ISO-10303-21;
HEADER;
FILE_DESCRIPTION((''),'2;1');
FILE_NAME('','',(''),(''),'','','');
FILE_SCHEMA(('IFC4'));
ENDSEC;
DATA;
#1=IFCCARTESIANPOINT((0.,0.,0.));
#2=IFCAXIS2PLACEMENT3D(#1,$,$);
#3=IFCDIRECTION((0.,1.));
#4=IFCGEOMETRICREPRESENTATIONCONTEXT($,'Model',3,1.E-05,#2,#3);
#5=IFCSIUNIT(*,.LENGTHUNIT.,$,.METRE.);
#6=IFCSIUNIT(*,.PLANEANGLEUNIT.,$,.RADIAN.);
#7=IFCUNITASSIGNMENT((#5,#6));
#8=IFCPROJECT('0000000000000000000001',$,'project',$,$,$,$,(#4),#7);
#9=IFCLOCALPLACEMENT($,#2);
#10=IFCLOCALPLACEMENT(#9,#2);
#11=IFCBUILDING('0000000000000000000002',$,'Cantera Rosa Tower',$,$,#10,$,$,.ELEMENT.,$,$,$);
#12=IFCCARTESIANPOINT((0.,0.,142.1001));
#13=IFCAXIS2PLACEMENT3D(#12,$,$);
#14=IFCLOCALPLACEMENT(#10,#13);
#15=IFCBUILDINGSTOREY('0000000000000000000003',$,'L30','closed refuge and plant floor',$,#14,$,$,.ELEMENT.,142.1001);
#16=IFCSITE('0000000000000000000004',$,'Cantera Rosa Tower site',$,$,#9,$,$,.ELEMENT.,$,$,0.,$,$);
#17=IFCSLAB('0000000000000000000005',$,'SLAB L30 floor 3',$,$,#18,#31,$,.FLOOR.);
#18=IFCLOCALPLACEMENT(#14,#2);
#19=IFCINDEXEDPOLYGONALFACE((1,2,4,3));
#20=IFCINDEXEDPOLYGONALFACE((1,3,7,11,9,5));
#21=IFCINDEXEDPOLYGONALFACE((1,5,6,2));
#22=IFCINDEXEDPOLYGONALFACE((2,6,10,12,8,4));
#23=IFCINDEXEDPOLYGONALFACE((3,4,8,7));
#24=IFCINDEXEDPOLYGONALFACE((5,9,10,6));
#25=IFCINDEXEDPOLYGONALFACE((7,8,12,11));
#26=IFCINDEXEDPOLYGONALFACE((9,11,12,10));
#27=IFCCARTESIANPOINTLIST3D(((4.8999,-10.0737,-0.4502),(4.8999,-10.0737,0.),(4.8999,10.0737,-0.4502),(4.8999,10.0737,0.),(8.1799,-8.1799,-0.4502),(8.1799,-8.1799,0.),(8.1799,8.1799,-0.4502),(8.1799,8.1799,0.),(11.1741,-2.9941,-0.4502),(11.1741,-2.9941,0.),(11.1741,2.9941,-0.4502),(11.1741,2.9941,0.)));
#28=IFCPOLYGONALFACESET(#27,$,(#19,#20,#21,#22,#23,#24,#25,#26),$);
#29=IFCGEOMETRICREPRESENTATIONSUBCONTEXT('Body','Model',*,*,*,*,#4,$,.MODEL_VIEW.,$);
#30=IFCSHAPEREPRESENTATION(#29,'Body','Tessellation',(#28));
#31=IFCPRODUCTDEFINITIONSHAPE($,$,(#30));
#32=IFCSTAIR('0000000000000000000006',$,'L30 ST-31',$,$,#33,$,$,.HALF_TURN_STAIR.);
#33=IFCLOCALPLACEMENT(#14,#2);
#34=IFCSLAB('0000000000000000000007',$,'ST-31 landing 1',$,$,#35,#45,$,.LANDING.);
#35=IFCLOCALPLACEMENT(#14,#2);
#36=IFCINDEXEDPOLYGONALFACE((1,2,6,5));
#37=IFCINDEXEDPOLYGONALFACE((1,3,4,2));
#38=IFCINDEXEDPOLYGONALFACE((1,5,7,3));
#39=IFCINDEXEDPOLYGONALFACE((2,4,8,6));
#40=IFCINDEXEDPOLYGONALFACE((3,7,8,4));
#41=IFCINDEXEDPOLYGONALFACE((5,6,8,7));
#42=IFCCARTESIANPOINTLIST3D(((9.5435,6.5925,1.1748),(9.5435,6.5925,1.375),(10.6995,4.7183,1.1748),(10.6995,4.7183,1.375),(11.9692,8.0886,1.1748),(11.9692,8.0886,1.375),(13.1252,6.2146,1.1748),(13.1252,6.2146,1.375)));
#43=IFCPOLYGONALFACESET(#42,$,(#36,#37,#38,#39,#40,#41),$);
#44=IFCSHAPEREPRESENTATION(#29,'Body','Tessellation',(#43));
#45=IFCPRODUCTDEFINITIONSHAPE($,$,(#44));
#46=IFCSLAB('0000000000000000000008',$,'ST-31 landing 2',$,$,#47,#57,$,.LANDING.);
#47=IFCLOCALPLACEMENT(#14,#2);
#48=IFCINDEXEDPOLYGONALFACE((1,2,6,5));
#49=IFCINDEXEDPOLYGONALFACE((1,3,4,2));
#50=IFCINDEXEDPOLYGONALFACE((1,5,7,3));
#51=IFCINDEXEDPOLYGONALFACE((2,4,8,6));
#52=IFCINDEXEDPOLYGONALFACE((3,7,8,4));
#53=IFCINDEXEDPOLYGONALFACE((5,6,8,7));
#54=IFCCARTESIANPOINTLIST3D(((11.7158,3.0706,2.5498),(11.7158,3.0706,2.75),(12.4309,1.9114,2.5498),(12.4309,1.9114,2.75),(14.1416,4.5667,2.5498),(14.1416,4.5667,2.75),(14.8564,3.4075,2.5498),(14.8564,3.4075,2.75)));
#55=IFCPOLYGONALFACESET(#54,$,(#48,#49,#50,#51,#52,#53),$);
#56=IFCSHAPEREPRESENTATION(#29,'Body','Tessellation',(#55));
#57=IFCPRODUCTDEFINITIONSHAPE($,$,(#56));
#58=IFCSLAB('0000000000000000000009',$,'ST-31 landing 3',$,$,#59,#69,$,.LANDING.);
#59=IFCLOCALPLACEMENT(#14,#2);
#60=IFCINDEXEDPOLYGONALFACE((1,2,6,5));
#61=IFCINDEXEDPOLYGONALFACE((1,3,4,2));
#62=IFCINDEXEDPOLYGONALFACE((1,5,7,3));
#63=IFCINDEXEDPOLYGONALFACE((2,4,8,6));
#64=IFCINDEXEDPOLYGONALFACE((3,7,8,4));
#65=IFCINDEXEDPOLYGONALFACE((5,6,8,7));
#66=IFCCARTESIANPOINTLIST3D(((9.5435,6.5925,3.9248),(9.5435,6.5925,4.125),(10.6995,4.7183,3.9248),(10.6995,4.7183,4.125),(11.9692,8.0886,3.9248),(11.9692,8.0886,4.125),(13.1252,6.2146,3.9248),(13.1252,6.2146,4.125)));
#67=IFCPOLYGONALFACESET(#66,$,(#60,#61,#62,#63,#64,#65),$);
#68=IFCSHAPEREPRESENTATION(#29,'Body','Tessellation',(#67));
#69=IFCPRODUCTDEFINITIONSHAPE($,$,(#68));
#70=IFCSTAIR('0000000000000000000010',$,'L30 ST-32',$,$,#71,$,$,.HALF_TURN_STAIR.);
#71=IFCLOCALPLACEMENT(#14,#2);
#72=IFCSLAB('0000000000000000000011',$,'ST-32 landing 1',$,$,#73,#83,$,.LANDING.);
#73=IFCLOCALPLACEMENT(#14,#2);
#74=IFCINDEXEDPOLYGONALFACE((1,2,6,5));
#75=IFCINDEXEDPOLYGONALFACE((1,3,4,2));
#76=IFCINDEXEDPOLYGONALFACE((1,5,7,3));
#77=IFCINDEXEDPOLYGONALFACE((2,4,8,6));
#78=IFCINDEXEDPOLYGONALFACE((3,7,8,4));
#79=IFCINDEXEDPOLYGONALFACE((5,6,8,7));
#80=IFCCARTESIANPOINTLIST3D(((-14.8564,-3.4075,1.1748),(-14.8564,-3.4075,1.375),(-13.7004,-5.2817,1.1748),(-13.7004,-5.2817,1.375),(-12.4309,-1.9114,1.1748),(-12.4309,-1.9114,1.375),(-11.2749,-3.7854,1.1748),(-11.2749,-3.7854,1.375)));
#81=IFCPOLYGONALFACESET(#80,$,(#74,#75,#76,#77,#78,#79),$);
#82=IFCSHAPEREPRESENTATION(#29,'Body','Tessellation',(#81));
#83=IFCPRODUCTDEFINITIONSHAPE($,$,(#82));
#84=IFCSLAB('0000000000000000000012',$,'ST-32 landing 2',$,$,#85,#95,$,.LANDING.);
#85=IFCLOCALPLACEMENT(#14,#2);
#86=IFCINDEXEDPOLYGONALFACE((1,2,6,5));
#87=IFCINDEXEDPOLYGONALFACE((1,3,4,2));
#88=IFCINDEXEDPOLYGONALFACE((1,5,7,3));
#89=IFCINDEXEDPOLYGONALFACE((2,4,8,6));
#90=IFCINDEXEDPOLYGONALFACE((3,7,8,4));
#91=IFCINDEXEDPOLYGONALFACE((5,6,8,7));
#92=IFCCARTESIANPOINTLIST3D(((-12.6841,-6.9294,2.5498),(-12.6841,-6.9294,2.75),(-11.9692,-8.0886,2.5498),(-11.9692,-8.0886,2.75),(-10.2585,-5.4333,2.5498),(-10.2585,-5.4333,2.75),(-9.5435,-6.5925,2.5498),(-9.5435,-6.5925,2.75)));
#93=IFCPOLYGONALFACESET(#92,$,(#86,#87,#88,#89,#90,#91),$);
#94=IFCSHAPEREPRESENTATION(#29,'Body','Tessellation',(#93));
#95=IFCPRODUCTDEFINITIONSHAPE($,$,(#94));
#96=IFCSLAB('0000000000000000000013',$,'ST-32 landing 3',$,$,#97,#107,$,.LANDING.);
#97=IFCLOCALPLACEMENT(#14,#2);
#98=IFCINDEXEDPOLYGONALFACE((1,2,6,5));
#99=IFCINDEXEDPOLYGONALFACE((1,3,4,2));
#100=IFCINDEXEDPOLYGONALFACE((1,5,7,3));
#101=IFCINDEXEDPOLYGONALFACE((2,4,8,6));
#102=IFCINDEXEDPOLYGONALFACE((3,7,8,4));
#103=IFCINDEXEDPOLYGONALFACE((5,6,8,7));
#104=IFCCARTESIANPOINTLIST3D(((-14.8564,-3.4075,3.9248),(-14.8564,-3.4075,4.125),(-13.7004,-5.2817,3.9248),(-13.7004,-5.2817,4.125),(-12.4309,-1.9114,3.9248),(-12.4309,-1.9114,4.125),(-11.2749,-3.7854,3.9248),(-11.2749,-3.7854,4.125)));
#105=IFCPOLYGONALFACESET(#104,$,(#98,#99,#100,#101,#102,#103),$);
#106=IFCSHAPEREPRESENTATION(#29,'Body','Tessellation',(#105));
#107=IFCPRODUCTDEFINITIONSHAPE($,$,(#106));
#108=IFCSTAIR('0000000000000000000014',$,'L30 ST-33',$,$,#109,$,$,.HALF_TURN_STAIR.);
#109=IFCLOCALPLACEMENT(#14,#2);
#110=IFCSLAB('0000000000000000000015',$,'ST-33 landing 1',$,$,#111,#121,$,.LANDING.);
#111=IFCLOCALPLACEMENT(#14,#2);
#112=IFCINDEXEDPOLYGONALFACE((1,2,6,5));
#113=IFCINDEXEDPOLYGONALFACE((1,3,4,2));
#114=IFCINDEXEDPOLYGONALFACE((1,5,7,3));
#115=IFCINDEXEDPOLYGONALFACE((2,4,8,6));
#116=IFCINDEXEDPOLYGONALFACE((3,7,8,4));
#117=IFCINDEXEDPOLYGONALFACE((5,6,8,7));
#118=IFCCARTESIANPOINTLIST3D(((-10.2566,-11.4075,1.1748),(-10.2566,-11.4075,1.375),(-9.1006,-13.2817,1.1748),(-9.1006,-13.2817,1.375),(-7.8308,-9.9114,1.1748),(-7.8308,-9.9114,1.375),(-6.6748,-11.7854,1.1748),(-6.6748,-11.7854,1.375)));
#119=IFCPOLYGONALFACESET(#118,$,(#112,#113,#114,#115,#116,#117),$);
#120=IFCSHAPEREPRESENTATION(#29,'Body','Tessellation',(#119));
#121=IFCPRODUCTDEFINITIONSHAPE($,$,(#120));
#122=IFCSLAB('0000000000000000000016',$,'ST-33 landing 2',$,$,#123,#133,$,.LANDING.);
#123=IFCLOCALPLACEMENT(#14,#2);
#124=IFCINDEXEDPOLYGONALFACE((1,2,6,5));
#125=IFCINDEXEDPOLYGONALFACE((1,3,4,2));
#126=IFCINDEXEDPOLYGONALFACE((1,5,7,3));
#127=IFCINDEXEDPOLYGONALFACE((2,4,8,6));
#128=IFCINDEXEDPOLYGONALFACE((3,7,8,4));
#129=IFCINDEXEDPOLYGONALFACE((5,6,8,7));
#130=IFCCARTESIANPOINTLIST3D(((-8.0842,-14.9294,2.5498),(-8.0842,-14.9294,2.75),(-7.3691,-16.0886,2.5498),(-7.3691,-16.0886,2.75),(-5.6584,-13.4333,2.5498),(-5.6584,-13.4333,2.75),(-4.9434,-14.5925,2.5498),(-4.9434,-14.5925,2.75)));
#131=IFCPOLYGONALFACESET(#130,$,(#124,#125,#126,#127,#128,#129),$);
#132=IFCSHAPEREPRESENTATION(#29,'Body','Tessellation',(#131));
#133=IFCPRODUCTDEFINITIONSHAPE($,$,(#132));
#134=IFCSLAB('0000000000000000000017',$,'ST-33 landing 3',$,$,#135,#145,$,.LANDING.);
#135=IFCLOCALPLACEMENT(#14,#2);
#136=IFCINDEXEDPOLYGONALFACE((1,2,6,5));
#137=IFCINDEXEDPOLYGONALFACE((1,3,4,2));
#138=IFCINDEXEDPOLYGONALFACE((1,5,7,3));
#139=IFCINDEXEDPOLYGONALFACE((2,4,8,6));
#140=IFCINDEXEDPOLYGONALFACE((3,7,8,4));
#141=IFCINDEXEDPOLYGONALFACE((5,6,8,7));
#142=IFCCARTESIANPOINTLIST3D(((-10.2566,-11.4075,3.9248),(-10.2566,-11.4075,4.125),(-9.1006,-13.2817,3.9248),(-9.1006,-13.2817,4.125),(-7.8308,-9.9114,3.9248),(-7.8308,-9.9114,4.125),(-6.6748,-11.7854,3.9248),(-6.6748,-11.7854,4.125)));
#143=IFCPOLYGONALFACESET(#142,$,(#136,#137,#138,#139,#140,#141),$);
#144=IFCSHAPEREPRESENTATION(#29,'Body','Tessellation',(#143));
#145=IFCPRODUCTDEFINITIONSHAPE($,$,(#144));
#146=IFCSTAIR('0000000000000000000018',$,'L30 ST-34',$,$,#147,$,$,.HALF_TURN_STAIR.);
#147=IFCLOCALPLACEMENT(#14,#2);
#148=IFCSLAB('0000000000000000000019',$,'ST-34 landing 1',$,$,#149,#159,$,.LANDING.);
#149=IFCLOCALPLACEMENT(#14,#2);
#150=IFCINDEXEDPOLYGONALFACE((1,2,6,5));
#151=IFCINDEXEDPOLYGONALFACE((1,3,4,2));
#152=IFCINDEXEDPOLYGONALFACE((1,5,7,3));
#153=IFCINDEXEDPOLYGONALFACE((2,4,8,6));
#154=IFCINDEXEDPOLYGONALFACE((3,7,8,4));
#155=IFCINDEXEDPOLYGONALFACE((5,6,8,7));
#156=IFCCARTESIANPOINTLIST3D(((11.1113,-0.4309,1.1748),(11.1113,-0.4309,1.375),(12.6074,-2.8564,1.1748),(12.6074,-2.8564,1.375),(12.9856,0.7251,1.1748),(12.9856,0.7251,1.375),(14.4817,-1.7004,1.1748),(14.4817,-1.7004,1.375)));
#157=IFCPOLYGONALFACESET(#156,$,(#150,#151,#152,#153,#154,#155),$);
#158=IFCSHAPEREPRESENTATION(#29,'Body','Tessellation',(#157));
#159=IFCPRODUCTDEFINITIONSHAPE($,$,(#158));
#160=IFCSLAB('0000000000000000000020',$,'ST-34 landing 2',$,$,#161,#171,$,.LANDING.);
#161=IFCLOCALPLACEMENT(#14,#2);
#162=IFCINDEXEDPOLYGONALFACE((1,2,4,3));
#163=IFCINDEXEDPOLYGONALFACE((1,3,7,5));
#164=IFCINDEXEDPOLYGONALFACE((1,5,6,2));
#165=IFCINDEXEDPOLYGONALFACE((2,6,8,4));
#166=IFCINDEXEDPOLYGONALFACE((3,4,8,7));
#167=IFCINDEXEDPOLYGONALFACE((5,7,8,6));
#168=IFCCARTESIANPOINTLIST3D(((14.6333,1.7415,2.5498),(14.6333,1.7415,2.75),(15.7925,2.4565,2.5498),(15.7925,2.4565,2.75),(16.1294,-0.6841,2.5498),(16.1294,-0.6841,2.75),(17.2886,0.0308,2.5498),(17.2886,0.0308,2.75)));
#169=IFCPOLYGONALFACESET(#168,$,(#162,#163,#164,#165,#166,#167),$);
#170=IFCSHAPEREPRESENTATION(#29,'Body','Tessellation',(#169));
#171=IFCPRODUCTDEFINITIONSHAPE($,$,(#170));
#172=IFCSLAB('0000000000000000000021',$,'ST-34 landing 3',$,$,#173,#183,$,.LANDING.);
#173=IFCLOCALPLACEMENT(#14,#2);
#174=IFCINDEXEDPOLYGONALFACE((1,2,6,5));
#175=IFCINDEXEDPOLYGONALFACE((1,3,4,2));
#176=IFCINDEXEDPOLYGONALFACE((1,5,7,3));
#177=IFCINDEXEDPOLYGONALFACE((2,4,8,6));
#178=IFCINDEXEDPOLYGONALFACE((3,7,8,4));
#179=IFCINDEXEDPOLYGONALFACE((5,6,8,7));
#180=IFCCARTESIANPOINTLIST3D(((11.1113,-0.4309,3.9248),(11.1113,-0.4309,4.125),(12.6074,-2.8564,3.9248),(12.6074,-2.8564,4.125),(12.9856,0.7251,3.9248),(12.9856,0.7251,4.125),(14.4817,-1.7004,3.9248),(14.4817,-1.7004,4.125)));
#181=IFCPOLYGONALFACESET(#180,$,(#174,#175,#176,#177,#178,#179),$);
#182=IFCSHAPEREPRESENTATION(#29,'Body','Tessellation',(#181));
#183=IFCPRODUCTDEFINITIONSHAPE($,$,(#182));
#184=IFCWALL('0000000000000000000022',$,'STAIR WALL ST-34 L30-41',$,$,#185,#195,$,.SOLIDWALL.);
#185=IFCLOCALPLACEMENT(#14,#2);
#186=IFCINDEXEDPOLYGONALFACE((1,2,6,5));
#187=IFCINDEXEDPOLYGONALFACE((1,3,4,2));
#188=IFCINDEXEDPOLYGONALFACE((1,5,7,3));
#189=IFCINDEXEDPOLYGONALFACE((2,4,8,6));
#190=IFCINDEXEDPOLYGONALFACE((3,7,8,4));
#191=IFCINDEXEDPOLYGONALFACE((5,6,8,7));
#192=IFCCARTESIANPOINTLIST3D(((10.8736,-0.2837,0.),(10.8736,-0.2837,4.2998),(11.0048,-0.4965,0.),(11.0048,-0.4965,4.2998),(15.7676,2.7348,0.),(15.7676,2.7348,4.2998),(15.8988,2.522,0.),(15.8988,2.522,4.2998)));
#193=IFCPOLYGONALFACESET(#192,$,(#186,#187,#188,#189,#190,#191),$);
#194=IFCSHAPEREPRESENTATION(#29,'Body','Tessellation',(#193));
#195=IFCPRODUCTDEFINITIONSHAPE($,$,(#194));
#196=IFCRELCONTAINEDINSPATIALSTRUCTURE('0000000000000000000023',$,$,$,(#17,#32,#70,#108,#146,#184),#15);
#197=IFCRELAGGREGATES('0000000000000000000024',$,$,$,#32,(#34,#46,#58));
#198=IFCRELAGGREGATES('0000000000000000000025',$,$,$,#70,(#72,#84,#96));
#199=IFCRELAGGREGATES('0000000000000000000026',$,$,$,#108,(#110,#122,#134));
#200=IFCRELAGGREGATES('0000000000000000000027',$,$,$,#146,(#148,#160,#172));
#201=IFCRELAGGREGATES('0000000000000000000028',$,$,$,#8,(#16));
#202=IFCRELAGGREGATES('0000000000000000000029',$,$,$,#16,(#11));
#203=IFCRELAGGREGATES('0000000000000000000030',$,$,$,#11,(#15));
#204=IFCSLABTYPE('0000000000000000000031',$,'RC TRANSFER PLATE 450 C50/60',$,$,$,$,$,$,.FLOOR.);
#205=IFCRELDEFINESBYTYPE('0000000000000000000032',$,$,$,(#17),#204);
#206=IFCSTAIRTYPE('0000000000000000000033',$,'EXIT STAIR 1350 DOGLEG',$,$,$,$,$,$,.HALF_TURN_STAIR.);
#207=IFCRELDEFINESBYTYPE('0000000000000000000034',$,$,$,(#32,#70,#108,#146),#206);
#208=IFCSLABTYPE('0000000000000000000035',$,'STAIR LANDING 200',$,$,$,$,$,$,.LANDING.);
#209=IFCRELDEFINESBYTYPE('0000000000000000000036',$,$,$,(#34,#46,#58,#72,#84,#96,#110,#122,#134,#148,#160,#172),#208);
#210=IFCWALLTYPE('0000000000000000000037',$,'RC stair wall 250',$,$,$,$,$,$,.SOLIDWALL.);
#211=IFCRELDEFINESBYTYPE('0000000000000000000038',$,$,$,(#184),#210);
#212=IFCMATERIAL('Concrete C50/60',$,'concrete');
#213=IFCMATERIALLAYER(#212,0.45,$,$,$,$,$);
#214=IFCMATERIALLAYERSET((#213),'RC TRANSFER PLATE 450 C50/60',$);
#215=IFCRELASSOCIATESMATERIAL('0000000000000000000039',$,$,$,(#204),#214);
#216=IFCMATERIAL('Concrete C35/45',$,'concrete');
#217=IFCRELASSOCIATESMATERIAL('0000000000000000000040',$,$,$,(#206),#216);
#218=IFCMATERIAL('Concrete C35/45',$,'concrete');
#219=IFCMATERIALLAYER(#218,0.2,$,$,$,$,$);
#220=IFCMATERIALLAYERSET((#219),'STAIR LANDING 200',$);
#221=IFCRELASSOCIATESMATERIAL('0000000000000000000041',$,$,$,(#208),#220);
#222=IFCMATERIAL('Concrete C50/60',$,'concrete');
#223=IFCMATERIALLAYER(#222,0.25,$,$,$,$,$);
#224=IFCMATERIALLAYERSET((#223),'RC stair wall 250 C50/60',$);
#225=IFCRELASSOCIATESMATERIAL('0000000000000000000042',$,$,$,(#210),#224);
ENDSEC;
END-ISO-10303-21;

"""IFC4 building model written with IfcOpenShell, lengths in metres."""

from ifc_helpers import new_model, si_unit, direction, frame, frame_2d, origin, place, context, subcontext, project, spatial, polyline, rectangle, outline, extrude, material, layer, layer_set, type_object, element, aggregate, save


model = new_model("IFC4")

# Units and contexts
model_context = context("Model", 3, precision=1e-05, world=origin(), true_north=direction((0.0, 1.0)))
body_context = subcontext(model_context, "Body", "Model", "MODEL_VIEW")
ifc_project = project(units=[si_unit("LENGTHUNIT", "METRE"), si_unit("PLANEANGLEUNIT", "RADIAN")], contexts=[model_context])

# Site, building, storey
site_placement = place(None, origin())
site = spatial("IfcSite", under=ifc_project, at=site_placement, Name="Cantera Rosa Tower site", CompositionType="ELEMENT", RefElevation=0.0)
building_placement = place(site_placement, origin())
building = spatial("IfcBuilding", under=site, at=building_placement, Name="Cantera Rosa Tower", CompositionType="ELEMENT")
storey_placement = place(building_placement, frame((0.0, 0.0, 142.1001)))
storey = spatial("IfcBuildingStorey", under=building, at=storey_placement, Name="L30", Description="closed refuge and plant floor", CompositionType="ELEMENT", Elevation=142.1001)

# Slab
ifc_material_1 = material(Name="Concrete C50/60", Category="concrete")
ifc_layer_1 = layer(ifc_material_1, 0.45)
ifc_layer_set_1 = layer_set([ifc_layer_1], Name="RC TRANSFER PLATE 450 C50/60")
slab_type_1 = type_object("IfcSlabType", Name="RC TRANSFER PLATE 450 C50/60", PredefinedType="FLOOR", material=ifc_layer_set_1)
slab_1_placement = place(storey_placement, frame((0.0, 0.0, -0.4502)))
element("IfcSlab", 1, at=slab_1_placement, inside=storey, type_object=slab_type_1, Name="SLAB L30 floor 3", PredefinedType="FLOOR", context=body_context, shape_type="SweptSolid", body=[
    extrude(outline(polyline([(4.8999, 10.0737), (8.1799, 8.1799), (11.1741, 2.9941), (11.1741, -2.9941), (8.1799, -8.1799), (4.8999, -10.0737), (4.8999, 10.0737)])), origin(), (0.0, 0.0, 1.0), 0.4502),
])

# Stairs, slabs
ifc_material_2 = material(Name="Concrete C35/45", Category="concrete")
stair_type = type_object("IfcStairType", Name="EXIT STAIR 1350 DOGLEG", PredefinedType="HALF_TURN_STAIR", material=ifc_material_2)
stair_1_placement = place(storey_placement, origin())
stair_1 = element("IfcStair", 2, at=stair_1_placement, inside=storey, type_object=stair_type, Name="L30 ST-31", PredefinedType="HALF_TURN_STAIR")
ifc_material_3 = material(Name="Concrete C35/45", Category="concrete")
ifc_layer_2 = layer(ifc_material_3, 0.2)
ifc_layer_set_2 = layer_set([ifc_layer_2], Name="STAIR LANDING 200")
slab_type_2 = type_object("IfcSlabType", Name="STAIR LANDING 200", PredefinedType="LANDING", material=ifc_layer_set_2)
slab_2_placement = place(storey_placement, frame((0.0, 0.0, 1.1748)))
slab_2 = element("IfcSlab", 3, at=slab_2_placement, type_object=slab_type_2, Name="ST-31 landing 1", PredefinedType="LANDING", context=body_context, shape_type="SweptSolid", body=[
    extrude(outline(polyline([(13.1252, 6.2146), (11.9692, 8.0886), (9.5435, 6.5925), (10.6995, 4.7183), (13.1252, 6.2146)])), origin(), (0.0, 0.0, 1.0), 0.2002),
])
slab_3_placement = place(storey_placement, frame((0.0, 0.0, 2.5498)))
slab_3 = element("IfcSlab", 4, at=slab_3_placement, type_object=slab_type_2, Name="ST-31 landing 2", PredefinedType="LANDING", context=body_context, shape_type="SweptSolid", body=[
    extrude(outline(polyline([(14.8564, 3.4075), (14.1416, 4.5667), (11.7158, 3.0706), (12.4309, 1.9114), (14.8564, 3.4075)])), origin(), (0.0, 0.0, 1.0), 0.2002),
])
slab_4_placement = place(storey_placement, frame((0.0, 0.0, 3.9248)))
slab_4 = element("IfcSlab", 5, at=slab_4_placement, type_object=slab_type_2, Name="ST-31 landing 3", PredefinedType="LANDING", context=body_context, shape_type="SweptSolid", body=[
    extrude(outline(polyline([(13.1252, 6.2146), (11.9692, 8.0886), (9.5435, 6.5925), (10.6995, 4.7183), (13.1252, 6.2146)])), origin(), (0.0, 0.0, 1.0), 0.2002),
])
aggregate(stair_1, [slab_2, slab_3, slab_4])
stair_2_placement = place(storey_placement, origin())
stair_2 = element("IfcStair", 6, at=stair_2_placement, inside=storey, type_object=stair_type, Name="L30 ST-32", PredefinedType="HALF_TURN_STAIR")
slab_5_placement = place(storey_placement, frame((0.0, 0.0, 1.1748)))
slab_5 = element("IfcSlab", 7, at=slab_5_placement, type_object=slab_type_2, Name="ST-32 landing 1", PredefinedType="LANDING", context=body_context, shape_type="SweptSolid", body=[
    extrude(outline(polyline([(-11.2749, -3.7854), (-12.4309, -1.9114), (-14.8564, -3.4075), (-13.7004, -5.2817), (-11.2749, -3.7854)])), origin(), (0.0, 0.0, 1.0), 0.2002),
])
slab_6_placement = place(storey_placement, frame((0.0, 0.0, 2.5498)))
slab_6 = element("IfcSlab", 8, at=slab_6_placement, type_object=slab_type_2, Name="ST-32 landing 2", PredefinedType="LANDING", context=body_context, shape_type="SweptSolid", body=[
    extrude(outline(polyline([(-9.5435, -6.5925), (-10.2585, -5.4333), (-12.6841, -6.9294), (-11.9692, -8.0886), (-9.5435, -6.5925)])), origin(), (0.0, 0.0, 1.0), 0.2002),
])
slab_7_placement = place(storey_placement, frame((0.0, 0.0, 3.9248)))
slab_7 = element("IfcSlab", 9, at=slab_7_placement, type_object=slab_type_2, Name="ST-32 landing 3", PredefinedType="LANDING", context=body_context, shape_type="SweptSolid", body=[
    extrude(outline(polyline([(-11.2749, -3.7854), (-12.4309, -1.9114), (-14.8564, -3.4075), (-13.7004, -5.2817), (-11.2749, -3.7854)])), origin(), (0.0, 0.0, 1.0), 0.2002),
])
aggregate(stair_2, [slab_5, slab_6, slab_7])
stair_3_placement = place(storey_placement, origin())
stair_3 = element("IfcStair", 10, at=stair_3_placement, inside=storey, type_object=stair_type, Name="L30 ST-33", PredefinedType="HALF_TURN_STAIR")
slab_8_placement = place(storey_placement, frame((0.0, 0.0, 1.1748)))
slab_8 = element("IfcSlab", 11, at=slab_8_placement, type_object=slab_type_2, Name="ST-33 landing 1", PredefinedType="LANDING", context=body_context, shape_type="SweptSolid", body=[
    extrude(outline(polyline([(-6.6748, -11.7854), (-7.8308, -9.9114), (-10.2566, -11.4075), (-9.1006, -13.2817), (-6.6748, -11.7854)])), origin(), (0.0, 0.0, 1.0), 0.2002),
])
slab_9_placement = place(storey_placement, frame((0.0, 0.0, 2.5498)))
slab_9 = element("IfcSlab", 12, at=slab_9_placement, type_object=slab_type_2, Name="ST-33 landing 2", PredefinedType="LANDING", context=body_context, shape_type="SweptSolid", body=[
    extrude(outline(polyline([(-4.9434, -14.5925), (-5.6584, -13.4333), (-8.0842, -14.9294), (-7.3691, -16.0886), (-4.9434, -14.5925)])), origin(), (0.0, 0.0, 1.0), 0.2002),
])
slab_10_placement = place(storey_placement, frame((0.0, 0.0, 3.9248)))
slab_10 = element("IfcSlab", 13, at=slab_10_placement, type_object=slab_type_2, Name="ST-33 landing 3", PredefinedType="LANDING", context=body_context, shape_type="SweptSolid", body=[
    extrude(outline(polyline([(-6.6748, -11.7854), (-7.8308, -9.9114), (-10.2566, -11.4075), (-9.1006, -13.2817), (-6.6748, -11.7854)])), origin(), (0.0, 0.0, 1.0), 0.2002),
])
aggregate(stair_3, [slab_8, slab_9, slab_10])
stair_4_placement = place(storey_placement, origin())
stair_4 = element("IfcStair", 14, at=stair_4_placement, inside=storey, type_object=stair_type, Name="L30 ST-34", PredefinedType="HALF_TURN_STAIR")
slab_11_placement = place(storey_placement, frame((0.0, 0.0, 1.1748)))
slab_11 = element("IfcSlab", 15, at=slab_11_placement, type_object=slab_type_2, Name="ST-34 landing 1", PredefinedType="LANDING", context=body_context, shape_type="SweptSolid", body=[
    extrude(outline(polyline([(12.9856, 0.7251), (11.1113, -0.4309), (12.6074, -2.8564), (14.4817, -1.7004), (12.9856, 0.7251)])), origin(), (0.0, 0.0, 1.0), 0.2002),
])
slab_12_placement = place(storey_placement, frame((0.0, 0.0, 2.5498)))
slab_12 = element("IfcSlab", 16, at=slab_12_placement, type_object=slab_type_2, Name="ST-34 landing 2", PredefinedType="LANDING", context=body_context, shape_type="SweptSolid", body=[
    extrude(outline(polyline([(15.7925, 2.4565), (14.6333, 1.7415), (16.1294, -0.6841), (17.2886, 0.0308), (15.7925, 2.4565)])), origin(), (0.0, 0.0, 1.0), 0.2002),
])
slab_13_placement = place(storey_placement, frame((0.0, 0.0, 3.9248)))
slab_13 = element("IfcSlab", 17, at=slab_13_placement, type_object=slab_type_2, Name="ST-34 landing 3", PredefinedType="LANDING", context=body_context, shape_type="SweptSolid", body=[
    extrude(outline(polyline([(12.9856, 0.7251), (11.1113, -0.4309), (12.6074, -2.8564), (14.4817, -1.7004), (12.9856, 0.7251)])), origin(), (0.0, 0.0, 1.0), 0.2002),
])

# Wall
ifc_material_4 = material(Name="Concrete C50/60", Category="concrete")
ifc_layer_3 = layer(ifc_material_4, 0.25)
ifc_layer_set_3 = layer_set([ifc_layer_3], Name="RC stair wall 250 C50/60")
wall_type = type_object("IfcWallType", Name="RC stair wall 250", PredefinedType="SOLIDWALL", material=ifc_layer_set_3)
wall_placement = place(storey_placement, frame((10.9392, -0.3901, 0.0), z_axis=(0.0, 0.0, 1.0), x_axis=(0.851127, 0.524959, 0.0)))
element("IfcWall", 18, at=wall_placement, inside=storey, type_object=wall_type, Name="STAIR WALL ST-34 L30-41", PredefinedType="SOLIDWALL", context=body_context, shape_type="SweptSolid", body=[
    extrude(rectangle(XDim=5.75, YDim=0.25, at=frame_2d((2.875, 0.0))), origin(), (0.0, 0.0, 1.0), 4.2998),
])

aggregate(stair_4, [slab_11, slab_12, slab_13])

save(model, "model.ifc")
